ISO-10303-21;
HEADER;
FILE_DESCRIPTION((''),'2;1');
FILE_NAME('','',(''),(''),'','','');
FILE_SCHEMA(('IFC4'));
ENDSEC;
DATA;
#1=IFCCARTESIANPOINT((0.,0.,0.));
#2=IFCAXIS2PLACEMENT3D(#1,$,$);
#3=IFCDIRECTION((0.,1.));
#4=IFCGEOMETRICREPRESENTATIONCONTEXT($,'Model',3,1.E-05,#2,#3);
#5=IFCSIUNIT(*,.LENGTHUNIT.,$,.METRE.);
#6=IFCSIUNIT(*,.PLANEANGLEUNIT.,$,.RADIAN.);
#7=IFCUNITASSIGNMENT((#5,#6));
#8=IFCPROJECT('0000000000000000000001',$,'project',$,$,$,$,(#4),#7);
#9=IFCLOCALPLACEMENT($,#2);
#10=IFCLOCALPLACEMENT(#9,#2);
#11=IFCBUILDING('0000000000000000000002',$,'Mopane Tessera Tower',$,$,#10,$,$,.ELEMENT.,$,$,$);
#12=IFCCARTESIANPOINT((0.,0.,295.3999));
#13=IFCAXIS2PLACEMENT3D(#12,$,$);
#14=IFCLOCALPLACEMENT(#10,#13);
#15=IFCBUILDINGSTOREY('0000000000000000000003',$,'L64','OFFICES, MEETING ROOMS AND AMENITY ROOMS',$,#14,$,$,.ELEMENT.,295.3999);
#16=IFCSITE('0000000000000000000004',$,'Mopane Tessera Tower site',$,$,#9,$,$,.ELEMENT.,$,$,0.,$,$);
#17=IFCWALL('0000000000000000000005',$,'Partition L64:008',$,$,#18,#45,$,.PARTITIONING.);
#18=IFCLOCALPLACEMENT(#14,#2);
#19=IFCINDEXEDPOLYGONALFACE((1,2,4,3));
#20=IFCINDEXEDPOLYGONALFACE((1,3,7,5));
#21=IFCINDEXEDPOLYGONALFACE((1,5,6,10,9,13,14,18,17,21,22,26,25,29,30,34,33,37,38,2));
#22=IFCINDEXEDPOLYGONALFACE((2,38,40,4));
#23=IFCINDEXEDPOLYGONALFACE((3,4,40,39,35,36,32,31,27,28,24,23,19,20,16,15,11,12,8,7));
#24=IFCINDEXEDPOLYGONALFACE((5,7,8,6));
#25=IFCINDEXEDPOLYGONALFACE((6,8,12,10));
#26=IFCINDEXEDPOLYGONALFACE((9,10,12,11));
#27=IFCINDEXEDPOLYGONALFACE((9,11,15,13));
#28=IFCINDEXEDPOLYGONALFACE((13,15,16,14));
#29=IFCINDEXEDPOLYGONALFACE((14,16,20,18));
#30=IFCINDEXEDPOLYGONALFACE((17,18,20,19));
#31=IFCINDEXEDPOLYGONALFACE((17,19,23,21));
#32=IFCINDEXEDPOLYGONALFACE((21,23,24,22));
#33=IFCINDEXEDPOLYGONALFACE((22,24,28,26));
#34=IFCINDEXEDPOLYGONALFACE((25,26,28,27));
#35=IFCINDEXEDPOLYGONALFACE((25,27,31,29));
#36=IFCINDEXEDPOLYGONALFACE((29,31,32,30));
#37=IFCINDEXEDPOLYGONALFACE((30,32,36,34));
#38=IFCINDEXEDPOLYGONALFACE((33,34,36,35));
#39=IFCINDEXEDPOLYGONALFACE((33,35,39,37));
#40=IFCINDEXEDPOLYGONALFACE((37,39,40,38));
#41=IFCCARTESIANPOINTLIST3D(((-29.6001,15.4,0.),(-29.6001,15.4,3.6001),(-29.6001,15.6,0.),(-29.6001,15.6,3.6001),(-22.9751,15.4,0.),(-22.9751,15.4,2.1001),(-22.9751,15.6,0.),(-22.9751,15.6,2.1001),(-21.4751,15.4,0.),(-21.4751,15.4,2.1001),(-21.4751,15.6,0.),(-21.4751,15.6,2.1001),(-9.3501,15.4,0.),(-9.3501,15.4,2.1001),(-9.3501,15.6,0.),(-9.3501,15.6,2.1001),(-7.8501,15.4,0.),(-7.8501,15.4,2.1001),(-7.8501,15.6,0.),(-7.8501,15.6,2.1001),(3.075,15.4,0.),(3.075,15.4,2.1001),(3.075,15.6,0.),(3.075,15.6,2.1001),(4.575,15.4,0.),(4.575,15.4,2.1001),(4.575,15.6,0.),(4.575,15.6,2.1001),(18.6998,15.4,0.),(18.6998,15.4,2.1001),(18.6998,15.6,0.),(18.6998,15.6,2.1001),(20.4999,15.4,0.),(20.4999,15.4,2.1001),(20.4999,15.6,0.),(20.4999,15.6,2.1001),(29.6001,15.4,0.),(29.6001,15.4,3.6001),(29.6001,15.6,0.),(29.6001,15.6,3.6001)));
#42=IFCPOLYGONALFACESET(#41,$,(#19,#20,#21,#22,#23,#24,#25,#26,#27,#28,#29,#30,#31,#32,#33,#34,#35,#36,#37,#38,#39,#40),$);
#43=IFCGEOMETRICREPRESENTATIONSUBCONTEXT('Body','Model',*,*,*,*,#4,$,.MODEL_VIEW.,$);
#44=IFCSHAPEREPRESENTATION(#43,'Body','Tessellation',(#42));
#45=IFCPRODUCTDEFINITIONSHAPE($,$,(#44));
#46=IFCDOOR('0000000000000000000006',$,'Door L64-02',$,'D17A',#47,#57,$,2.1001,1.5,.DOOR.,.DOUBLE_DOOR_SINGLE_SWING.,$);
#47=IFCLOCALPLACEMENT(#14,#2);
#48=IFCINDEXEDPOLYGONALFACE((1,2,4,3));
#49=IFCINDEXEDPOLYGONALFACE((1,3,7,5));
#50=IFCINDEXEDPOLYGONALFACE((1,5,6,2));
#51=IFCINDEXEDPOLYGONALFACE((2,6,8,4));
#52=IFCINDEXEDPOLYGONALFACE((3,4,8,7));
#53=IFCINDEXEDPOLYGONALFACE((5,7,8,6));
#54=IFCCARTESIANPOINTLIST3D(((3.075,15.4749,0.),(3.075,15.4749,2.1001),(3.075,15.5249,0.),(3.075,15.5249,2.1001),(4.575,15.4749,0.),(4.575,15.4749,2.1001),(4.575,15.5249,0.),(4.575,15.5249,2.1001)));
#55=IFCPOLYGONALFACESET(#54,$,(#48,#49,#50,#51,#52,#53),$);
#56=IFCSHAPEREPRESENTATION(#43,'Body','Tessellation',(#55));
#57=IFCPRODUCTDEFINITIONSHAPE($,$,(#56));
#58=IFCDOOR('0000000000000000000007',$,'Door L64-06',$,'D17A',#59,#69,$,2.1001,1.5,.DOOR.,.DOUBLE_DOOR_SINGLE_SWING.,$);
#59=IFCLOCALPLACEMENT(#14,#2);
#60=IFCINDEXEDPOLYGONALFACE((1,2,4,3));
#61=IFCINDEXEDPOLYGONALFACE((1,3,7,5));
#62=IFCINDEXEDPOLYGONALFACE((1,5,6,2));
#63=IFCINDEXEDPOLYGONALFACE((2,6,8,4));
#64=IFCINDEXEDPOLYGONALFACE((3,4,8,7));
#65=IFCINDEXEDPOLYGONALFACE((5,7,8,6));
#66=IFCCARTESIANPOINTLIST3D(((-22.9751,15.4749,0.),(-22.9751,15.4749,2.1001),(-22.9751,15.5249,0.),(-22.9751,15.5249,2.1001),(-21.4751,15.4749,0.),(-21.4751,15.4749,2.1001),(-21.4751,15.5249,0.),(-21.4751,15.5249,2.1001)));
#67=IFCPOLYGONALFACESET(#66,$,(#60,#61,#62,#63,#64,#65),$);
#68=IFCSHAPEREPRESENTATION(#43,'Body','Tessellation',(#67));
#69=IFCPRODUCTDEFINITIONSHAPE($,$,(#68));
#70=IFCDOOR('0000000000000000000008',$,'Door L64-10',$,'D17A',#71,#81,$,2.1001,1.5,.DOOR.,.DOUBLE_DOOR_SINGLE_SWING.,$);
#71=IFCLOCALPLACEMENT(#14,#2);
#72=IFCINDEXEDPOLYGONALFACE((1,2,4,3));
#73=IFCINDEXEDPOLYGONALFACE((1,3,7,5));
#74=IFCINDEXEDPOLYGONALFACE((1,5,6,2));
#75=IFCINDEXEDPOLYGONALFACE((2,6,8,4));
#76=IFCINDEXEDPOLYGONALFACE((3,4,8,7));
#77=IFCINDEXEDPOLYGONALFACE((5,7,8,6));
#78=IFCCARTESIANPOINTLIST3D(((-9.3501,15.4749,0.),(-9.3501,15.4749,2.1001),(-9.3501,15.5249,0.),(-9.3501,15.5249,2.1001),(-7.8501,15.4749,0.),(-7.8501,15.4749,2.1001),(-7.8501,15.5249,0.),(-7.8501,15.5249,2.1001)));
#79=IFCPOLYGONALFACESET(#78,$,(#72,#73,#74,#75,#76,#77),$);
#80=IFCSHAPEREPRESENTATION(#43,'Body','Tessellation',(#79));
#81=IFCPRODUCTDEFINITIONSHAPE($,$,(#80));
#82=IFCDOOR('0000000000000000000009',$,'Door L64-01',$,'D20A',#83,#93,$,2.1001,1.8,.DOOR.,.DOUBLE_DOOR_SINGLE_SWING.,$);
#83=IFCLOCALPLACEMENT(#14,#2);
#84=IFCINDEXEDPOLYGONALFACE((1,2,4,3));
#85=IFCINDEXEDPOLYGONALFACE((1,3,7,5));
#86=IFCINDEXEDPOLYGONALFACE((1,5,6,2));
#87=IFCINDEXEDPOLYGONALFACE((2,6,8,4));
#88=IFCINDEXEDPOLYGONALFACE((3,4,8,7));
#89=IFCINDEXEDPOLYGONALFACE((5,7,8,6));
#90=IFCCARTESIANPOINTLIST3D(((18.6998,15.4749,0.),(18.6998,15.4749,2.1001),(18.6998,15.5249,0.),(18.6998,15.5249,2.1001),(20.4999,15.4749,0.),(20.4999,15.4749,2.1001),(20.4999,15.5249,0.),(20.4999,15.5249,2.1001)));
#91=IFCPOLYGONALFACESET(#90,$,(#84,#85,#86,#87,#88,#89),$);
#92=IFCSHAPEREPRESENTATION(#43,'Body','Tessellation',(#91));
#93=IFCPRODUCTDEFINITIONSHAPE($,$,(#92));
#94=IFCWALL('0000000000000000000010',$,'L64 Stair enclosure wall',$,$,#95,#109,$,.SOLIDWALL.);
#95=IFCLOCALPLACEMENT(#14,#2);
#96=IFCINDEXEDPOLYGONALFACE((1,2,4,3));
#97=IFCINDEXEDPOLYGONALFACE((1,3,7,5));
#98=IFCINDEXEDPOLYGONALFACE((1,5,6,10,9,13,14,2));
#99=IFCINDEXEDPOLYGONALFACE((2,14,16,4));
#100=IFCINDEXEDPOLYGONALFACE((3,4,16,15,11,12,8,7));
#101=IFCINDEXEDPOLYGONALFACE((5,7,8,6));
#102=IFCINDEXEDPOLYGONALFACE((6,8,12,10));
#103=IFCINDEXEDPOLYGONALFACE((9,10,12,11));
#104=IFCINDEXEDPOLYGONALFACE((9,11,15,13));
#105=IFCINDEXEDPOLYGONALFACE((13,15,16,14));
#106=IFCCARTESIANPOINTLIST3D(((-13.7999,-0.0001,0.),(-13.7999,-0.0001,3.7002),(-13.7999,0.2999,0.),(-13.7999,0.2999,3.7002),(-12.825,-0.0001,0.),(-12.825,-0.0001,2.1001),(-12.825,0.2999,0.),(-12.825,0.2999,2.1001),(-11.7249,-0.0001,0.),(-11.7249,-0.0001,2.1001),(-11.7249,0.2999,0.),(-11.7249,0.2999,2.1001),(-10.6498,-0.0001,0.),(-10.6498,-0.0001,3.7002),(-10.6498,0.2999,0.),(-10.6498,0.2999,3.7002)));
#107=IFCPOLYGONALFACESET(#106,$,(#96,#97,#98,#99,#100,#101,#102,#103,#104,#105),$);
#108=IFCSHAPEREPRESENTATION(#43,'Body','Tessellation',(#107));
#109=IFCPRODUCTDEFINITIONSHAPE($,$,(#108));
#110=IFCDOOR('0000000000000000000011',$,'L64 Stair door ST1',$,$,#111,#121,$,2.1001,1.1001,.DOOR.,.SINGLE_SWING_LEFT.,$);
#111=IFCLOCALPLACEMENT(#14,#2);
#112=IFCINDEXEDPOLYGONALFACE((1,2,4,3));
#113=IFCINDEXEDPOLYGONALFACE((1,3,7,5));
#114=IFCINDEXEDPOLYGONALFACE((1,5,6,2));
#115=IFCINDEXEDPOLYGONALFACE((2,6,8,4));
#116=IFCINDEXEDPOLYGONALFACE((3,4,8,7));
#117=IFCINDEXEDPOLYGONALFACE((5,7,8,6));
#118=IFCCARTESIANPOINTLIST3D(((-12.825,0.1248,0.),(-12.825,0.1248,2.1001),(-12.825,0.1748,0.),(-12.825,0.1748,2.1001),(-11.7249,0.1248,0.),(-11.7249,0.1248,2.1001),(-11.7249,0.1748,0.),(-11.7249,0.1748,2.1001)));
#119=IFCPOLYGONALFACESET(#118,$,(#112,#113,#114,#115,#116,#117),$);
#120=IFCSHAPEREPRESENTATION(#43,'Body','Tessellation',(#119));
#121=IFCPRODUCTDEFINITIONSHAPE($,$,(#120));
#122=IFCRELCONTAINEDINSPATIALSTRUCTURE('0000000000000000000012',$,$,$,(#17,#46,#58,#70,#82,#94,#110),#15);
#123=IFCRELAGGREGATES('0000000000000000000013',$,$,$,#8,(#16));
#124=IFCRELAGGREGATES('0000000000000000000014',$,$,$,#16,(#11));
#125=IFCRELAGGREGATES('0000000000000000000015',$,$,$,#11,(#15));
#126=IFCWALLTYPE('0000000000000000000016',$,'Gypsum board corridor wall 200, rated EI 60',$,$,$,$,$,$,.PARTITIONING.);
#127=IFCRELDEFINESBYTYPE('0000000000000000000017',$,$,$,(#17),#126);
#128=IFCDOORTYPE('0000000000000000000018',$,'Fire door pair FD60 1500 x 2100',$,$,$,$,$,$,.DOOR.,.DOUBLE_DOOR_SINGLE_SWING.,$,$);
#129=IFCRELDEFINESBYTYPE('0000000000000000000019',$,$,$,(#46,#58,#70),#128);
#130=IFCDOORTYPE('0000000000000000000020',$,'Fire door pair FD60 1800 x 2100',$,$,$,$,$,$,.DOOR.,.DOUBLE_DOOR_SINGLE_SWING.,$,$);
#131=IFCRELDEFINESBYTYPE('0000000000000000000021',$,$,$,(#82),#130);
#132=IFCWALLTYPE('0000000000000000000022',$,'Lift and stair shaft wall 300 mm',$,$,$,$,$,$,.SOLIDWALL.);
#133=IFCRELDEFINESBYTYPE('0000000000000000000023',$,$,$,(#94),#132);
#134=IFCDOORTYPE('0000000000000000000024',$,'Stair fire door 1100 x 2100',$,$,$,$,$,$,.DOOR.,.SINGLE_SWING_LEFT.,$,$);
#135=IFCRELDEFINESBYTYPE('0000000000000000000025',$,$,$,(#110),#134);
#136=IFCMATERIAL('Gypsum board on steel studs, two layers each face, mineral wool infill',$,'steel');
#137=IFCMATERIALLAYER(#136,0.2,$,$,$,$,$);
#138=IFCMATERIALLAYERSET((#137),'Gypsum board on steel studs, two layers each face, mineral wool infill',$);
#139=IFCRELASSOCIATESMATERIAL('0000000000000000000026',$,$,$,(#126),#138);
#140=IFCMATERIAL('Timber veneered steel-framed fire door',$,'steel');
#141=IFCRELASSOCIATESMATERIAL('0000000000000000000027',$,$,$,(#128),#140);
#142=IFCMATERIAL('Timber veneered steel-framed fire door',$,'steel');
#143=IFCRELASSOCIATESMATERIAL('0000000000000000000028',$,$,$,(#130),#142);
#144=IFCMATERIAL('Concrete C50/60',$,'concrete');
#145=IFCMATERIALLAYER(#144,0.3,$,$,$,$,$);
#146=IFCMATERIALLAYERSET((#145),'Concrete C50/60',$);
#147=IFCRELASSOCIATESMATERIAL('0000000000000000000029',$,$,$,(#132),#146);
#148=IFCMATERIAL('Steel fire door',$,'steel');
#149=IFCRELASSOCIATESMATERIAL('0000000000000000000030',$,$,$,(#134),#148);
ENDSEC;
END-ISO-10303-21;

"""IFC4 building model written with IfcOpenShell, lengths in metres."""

from ifc_helpers import new_model, si_unit, direction, frame, frame_2d, origin, place, context, subcontext, project, spatial, rectangle, extrude, material, layer, layer_set, type_object, element, fill, save


model = new_model("IFC4")

# Units and contexts
model_context = context("Model", 3, precision=1e-05, world=origin(), true_north=direction((0.0, 1.0)))
body_context = subcontext(model_context, "Body", "Model", "MODEL_VIEW")
ifc_project = project(units=[si_unit("LENGTHUNIT", "METRE"), si_unit("PLANEANGLEUNIT", "RADIAN")], contexts=[model_context])

# Site, building, storey
site_placement = place(None, origin())
site = spatial("IfcSite", under=ifc_project, at=site_placement, Name="Mopane Tessera Tower site", CompositionType="ELEMENT", RefElevation=0.0)
building_placement = place(site_placement, origin())
building = spatial("IfcBuilding", under=site, at=building_placement, Name="Mopane Tessera Tower", CompositionType="ELEMENT")
storey_placement = place(building_placement, frame((0.0, 0.0, 295.3999)))
storey = spatial("IfcBuildingStorey", under=building, at=storey_placement, Name="L64", Description="OFFICES, MEETING ROOMS AND AMENITY ROOMS", CompositionType="ELEMENT", Elevation=295.3999)

# Shared definitions
ifc_material_1 = material(Name="Gypsum board on steel studs, two layers each face, mineral wool infill", Category="steel")
ifc_layer_1 = layer(ifc_material_1, 0.2)
ifc_layer_set_1 = layer_set([ifc_layer_1], Name="Gypsum board on steel studs, two layers each face, mineral wool infill")
wall_type_1 = type_object("IfcWallType", Name="Gypsum board corridor wall 200, rated EI 60", PredefinedType="PARTITIONING", material=ifc_layer_set_1)
ifc_material_2 = material(Name="Timber veneered steel-framed fire door", Category="steel")
door_type_1 = type_object("IfcDoorType", Name="Fire door pair FD60 1500 x 2100", OperationType="DOUBLE_DOOR_SINGLE_SWING", PredefinedType="DOOR", material=ifc_material_2)

# Wall, openings, doors
wall_1_placement = place(storey_placement, frame((-29.6001, 15.5, 0.0), z_axis=(0.0, 0.0, 1.0), x_axis=(1.0, 0.0, 0.0)))
wall_1 = element("IfcWall", 1, at=wall_1_placement, inside=storey, type_object=wall_type_1, Name="Partition L64:008", PredefinedType="PARTITIONING", context=body_context, shape_type="SweptSolid", body=[
    extrude(rectangle(XDim=59.2002, YDim=0.2, at=frame_2d((29.6001, 0.0))), origin(), (0.0, 0.0, 1.0), 3.6001),
])
opening_1_placement = place(wall_1_placement, frame((48.3, 0.0, 0.0)))
opening_1 = element("IfcOpeningElement", 2, at=opening_1_placement, cuts=wall_1, PredefinedType="OPENING", context=body_context, shape_type="SweptSolid", body=[
    extrude(rectangle(XDim=1.8, YDim=2.1001, at=frame_2d((0.8999, 1.05))), frame((0.0, 0.1121, 0.0), z_axis=(0.0, -1.0, 0.0), x_axis=(1.0, 0.0, 0.0)), (0.0, 0.0, 1.0), 0.2239),
])
opening_2_placement = place(wall_1_placement, frame((32.675, 0.0, 0.0)))
opening_2 = element("IfcOpeningElement", 3, at=opening_2_placement, cuts=wall_1, PredefinedType="OPENING", context=body_context, shape_type="SweptSolid", body=[
    extrude(rectangle(XDim=1.5, YDim=2.1001, at=frame_2d((0.75, 1.05))), frame((0.0, 0.1121, 0.0), z_axis=(0.0, -1.0, 0.0), x_axis=(1.0, 0.0, 0.0)), (0.0, 0.0, 1.0), 0.2239),
])
opening_3_placement = place(wall_1_placement, frame((6.625, 0.0, 0.0)))
opening_3 = element("IfcOpeningElement", 4, at=opening_3_placement, cuts=wall_1, PredefinedType="OPENING", context=body_context, shape_type="SweptSolid", body=[
    extrude(rectangle(XDim=1.5, YDim=2.1001, at=frame_2d((0.75, 1.05))), frame((0.0, 0.1121, 0.0), z_axis=(0.0, -1.0, 0.0), x_axis=(1.0, 0.0, 0.0)), (0.0, 0.0, 1.0), 0.2239),
])
opening_4_placement = place(wall_1_placement, frame((20.25, 0.0, 0.0)))
opening_4 = element("IfcOpeningElement", 5, at=opening_4_placement, cuts=wall_1, PredefinedType="OPENING", context=body_context, shape_type="SweptSolid", body=[
    extrude(rectangle(XDim=1.5, YDim=2.1001, at=frame_2d((0.75, 1.05))), frame((0.0, 0.1121, 0.0), z_axis=(0.0, -1.0, 0.0), x_axis=(1.0, 0.0, 0.0)), (0.0, 0.0, 1.0), 0.2239),
])
door_1_placement = place(opening_2_placement, origin())
door_1 = element("IfcDoor", 6, at=door_1_placement, inside=storey, type_object=door_type_1, Name="Door L64-02", ObjectType="D17A", OperationType="DOUBLE_DOOR_SINGLE_SWING", OverallHeight=2.1001, OverallWidth=1.5, PredefinedType="DOOR", context=body_context, shape_type="SweptSolid", body=[
    extrude(rectangle(XDim=1.5, YDim=2.1001, at=frame_2d((0.75, 1.05))), frame((0.0, 0.0249, 0.0), z_axis=(0.0, -1.0, 0.0), x_axis=(1.0, 0.0, 0.0)), (0.0, 0.0, 1.0), 0.05),
])
fill(opening_2, door_1)
door_2_placement = place(opening_3_placement, origin())
door_2 = element("IfcDoor", 7, at=door_2_placement, inside=storey, type_object=door_type_1, Name="Door L64-06", ObjectType="D17A", OperationType="DOUBLE_DOOR_SINGLE_SWING", OverallHeight=2.1001, OverallWidth=1.5, PredefinedType="DOOR", context=body_context, shape_type="SweptSolid", body=[
    extrude(rectangle(XDim=1.5, YDim=2.1001, at=frame_2d((0.75, 1.05))), frame((0.0, 0.0249, 0.0), z_axis=(0.0, -1.0, 0.0), x_axis=(1.0, 0.0, 0.0)), (0.0, 0.0, 1.0), 0.05),
])
fill(opening_3, door_2)
door_3_placement = place(opening_4_placement, origin())
door_3 = element("IfcDoor", 8, at=door_3_placement, inside=storey, type_object=door_type_1, Name="Door L64-10", ObjectType="D17A", OperationType="DOUBLE_DOOR_SINGLE_SWING", OverallHeight=2.1001, OverallWidth=1.5, PredefinedType="DOOR", context=body_context, shape_type="SweptSolid", body=[
    extrude(rectangle(XDim=1.5, YDim=2.1001, at=frame_2d((0.75, 1.05))), frame((0.0, 0.0249, 0.0), z_axis=(0.0, -1.0, 0.0), x_axis=(1.0, 0.0, 0.0)), (0.0, 0.0, 1.0), 0.05),
])
fill(opening_4, door_3)
ifc_material_3 = material(Name="Timber veneered steel-framed fire door", Category="steel")
door_type_2 = type_object("IfcDoorType", Name="Fire door pair FD60 1800 x 2100", OperationType="DOUBLE_DOOR_SINGLE_SWING", PredefinedType="DOOR", material=ifc_material_3)
door_4_placement = place(opening_1_placement, origin())
door_4 = element("IfcDoor", 9, at=door_4_placement, inside=storey, type_object=door_type_2, Name="Door L64-01", ObjectType="D20A", OperationType="DOUBLE_DOOR_SINGLE_SWING", OverallHeight=2.1001, OverallWidth=1.8, PredefinedType="DOOR", context=body_context, shape_type="SweptSolid", body=[
    extrude(rectangle(XDim=1.8, YDim=2.1001, at=frame_2d((0.8999, 1.05))), frame((0.0, 0.0249, 0.0), z_axis=(0.0, -1.0, 0.0), x_axis=(1.0, 0.0, 0.0)), (0.0, 0.0, 1.0), 0.05),
])
fill(opening_1, door_4)

# Wall, opening, door
ifc_material_4 = material(Name="Concrete C50/60", Category="concrete")
ifc_layer_2 = layer(ifc_material_4, 0.3)
ifc_layer_set_2 = layer_set([ifc_layer_2], Name="Concrete C50/60")
wall_type_2 = type_object("IfcWallType", Name="Lift and stair shaft wall 300 mm", PredefinedType="SOLIDWALL", material=ifc_layer_set_2)
wall_2_placement = place(storey_placement, frame((-13.8, 0.1499, 0.0), z_axis=(0.0, 0.0, 1.0), x_axis=(1.0, 0.0, 0.0)))
wall_2 = element("IfcWall", 10, at=wall_2_placement, inside=storey, type_object=wall_type_2, Name="L64 Stair enclosure wall", PredefinedType="SOLIDWALL", context=body_context, shape_type="SweptSolid", body=[
    extrude(rectangle(XDim=3.1501, YDim=0.3, at=frame_2d((1.5752, 0.0))), origin(), (0.0, 0.0, 1.0), 3.7002),
])
opening_5_placement = place(wall_2_placement, frame((0.9751, 0.0, 0.0)))
opening_5 = element("IfcOpeningElement", 11, at=opening_5_placement, cuts=wall_2, PredefinedType="OPENING", context=body_context, shape_type="SweptSolid", body=[
    extrude(rectangle(XDim=1.1001, YDim=2.1001, at=frame_2d((0.55, 1.05))), frame((0.0, 0.1621, 0.0), z_axis=(0.0, -1.0, 0.0), x_axis=(1.0, 0.0, 0.0)), (0.0, 0.0, 1.0), 0.324),
])
ifc_material_5 = material(Name="Steel fire door", Category="steel")
door_type_3 = type_object("IfcDoorType", Name="Stair fire door 1100 x 2100", OperationType="SINGLE_SWING_LEFT", PredefinedType="DOOR", material=ifc_material_5)
door_5_placement = place(opening_5_placement, origin())
door_5 = element("IfcDoor", 12, at=door_5_placement, inside=storey, type_object=door_type_3, Name="L64 Stair door ST1", OperationType="SINGLE_SWING_LEFT", OverallHeight=2.1001, OverallWidth=1.1001, PredefinedType="DOOR", context=body_context, shape_type="SweptSolid", body=[
    extrude(rectangle(XDim=1.1001, YDim=2.1001, at=frame_2d((0.55, 1.05))), frame((0.0, 0.0249, 0.0), z_axis=(0.0, -1.0, 0.0), x_axis=(1.0, 0.0, 0.0)), (0.0, 0.0, 1.0), 0.05),
])
fill(opening_5, door_5)

save(model, "model.ifc")
